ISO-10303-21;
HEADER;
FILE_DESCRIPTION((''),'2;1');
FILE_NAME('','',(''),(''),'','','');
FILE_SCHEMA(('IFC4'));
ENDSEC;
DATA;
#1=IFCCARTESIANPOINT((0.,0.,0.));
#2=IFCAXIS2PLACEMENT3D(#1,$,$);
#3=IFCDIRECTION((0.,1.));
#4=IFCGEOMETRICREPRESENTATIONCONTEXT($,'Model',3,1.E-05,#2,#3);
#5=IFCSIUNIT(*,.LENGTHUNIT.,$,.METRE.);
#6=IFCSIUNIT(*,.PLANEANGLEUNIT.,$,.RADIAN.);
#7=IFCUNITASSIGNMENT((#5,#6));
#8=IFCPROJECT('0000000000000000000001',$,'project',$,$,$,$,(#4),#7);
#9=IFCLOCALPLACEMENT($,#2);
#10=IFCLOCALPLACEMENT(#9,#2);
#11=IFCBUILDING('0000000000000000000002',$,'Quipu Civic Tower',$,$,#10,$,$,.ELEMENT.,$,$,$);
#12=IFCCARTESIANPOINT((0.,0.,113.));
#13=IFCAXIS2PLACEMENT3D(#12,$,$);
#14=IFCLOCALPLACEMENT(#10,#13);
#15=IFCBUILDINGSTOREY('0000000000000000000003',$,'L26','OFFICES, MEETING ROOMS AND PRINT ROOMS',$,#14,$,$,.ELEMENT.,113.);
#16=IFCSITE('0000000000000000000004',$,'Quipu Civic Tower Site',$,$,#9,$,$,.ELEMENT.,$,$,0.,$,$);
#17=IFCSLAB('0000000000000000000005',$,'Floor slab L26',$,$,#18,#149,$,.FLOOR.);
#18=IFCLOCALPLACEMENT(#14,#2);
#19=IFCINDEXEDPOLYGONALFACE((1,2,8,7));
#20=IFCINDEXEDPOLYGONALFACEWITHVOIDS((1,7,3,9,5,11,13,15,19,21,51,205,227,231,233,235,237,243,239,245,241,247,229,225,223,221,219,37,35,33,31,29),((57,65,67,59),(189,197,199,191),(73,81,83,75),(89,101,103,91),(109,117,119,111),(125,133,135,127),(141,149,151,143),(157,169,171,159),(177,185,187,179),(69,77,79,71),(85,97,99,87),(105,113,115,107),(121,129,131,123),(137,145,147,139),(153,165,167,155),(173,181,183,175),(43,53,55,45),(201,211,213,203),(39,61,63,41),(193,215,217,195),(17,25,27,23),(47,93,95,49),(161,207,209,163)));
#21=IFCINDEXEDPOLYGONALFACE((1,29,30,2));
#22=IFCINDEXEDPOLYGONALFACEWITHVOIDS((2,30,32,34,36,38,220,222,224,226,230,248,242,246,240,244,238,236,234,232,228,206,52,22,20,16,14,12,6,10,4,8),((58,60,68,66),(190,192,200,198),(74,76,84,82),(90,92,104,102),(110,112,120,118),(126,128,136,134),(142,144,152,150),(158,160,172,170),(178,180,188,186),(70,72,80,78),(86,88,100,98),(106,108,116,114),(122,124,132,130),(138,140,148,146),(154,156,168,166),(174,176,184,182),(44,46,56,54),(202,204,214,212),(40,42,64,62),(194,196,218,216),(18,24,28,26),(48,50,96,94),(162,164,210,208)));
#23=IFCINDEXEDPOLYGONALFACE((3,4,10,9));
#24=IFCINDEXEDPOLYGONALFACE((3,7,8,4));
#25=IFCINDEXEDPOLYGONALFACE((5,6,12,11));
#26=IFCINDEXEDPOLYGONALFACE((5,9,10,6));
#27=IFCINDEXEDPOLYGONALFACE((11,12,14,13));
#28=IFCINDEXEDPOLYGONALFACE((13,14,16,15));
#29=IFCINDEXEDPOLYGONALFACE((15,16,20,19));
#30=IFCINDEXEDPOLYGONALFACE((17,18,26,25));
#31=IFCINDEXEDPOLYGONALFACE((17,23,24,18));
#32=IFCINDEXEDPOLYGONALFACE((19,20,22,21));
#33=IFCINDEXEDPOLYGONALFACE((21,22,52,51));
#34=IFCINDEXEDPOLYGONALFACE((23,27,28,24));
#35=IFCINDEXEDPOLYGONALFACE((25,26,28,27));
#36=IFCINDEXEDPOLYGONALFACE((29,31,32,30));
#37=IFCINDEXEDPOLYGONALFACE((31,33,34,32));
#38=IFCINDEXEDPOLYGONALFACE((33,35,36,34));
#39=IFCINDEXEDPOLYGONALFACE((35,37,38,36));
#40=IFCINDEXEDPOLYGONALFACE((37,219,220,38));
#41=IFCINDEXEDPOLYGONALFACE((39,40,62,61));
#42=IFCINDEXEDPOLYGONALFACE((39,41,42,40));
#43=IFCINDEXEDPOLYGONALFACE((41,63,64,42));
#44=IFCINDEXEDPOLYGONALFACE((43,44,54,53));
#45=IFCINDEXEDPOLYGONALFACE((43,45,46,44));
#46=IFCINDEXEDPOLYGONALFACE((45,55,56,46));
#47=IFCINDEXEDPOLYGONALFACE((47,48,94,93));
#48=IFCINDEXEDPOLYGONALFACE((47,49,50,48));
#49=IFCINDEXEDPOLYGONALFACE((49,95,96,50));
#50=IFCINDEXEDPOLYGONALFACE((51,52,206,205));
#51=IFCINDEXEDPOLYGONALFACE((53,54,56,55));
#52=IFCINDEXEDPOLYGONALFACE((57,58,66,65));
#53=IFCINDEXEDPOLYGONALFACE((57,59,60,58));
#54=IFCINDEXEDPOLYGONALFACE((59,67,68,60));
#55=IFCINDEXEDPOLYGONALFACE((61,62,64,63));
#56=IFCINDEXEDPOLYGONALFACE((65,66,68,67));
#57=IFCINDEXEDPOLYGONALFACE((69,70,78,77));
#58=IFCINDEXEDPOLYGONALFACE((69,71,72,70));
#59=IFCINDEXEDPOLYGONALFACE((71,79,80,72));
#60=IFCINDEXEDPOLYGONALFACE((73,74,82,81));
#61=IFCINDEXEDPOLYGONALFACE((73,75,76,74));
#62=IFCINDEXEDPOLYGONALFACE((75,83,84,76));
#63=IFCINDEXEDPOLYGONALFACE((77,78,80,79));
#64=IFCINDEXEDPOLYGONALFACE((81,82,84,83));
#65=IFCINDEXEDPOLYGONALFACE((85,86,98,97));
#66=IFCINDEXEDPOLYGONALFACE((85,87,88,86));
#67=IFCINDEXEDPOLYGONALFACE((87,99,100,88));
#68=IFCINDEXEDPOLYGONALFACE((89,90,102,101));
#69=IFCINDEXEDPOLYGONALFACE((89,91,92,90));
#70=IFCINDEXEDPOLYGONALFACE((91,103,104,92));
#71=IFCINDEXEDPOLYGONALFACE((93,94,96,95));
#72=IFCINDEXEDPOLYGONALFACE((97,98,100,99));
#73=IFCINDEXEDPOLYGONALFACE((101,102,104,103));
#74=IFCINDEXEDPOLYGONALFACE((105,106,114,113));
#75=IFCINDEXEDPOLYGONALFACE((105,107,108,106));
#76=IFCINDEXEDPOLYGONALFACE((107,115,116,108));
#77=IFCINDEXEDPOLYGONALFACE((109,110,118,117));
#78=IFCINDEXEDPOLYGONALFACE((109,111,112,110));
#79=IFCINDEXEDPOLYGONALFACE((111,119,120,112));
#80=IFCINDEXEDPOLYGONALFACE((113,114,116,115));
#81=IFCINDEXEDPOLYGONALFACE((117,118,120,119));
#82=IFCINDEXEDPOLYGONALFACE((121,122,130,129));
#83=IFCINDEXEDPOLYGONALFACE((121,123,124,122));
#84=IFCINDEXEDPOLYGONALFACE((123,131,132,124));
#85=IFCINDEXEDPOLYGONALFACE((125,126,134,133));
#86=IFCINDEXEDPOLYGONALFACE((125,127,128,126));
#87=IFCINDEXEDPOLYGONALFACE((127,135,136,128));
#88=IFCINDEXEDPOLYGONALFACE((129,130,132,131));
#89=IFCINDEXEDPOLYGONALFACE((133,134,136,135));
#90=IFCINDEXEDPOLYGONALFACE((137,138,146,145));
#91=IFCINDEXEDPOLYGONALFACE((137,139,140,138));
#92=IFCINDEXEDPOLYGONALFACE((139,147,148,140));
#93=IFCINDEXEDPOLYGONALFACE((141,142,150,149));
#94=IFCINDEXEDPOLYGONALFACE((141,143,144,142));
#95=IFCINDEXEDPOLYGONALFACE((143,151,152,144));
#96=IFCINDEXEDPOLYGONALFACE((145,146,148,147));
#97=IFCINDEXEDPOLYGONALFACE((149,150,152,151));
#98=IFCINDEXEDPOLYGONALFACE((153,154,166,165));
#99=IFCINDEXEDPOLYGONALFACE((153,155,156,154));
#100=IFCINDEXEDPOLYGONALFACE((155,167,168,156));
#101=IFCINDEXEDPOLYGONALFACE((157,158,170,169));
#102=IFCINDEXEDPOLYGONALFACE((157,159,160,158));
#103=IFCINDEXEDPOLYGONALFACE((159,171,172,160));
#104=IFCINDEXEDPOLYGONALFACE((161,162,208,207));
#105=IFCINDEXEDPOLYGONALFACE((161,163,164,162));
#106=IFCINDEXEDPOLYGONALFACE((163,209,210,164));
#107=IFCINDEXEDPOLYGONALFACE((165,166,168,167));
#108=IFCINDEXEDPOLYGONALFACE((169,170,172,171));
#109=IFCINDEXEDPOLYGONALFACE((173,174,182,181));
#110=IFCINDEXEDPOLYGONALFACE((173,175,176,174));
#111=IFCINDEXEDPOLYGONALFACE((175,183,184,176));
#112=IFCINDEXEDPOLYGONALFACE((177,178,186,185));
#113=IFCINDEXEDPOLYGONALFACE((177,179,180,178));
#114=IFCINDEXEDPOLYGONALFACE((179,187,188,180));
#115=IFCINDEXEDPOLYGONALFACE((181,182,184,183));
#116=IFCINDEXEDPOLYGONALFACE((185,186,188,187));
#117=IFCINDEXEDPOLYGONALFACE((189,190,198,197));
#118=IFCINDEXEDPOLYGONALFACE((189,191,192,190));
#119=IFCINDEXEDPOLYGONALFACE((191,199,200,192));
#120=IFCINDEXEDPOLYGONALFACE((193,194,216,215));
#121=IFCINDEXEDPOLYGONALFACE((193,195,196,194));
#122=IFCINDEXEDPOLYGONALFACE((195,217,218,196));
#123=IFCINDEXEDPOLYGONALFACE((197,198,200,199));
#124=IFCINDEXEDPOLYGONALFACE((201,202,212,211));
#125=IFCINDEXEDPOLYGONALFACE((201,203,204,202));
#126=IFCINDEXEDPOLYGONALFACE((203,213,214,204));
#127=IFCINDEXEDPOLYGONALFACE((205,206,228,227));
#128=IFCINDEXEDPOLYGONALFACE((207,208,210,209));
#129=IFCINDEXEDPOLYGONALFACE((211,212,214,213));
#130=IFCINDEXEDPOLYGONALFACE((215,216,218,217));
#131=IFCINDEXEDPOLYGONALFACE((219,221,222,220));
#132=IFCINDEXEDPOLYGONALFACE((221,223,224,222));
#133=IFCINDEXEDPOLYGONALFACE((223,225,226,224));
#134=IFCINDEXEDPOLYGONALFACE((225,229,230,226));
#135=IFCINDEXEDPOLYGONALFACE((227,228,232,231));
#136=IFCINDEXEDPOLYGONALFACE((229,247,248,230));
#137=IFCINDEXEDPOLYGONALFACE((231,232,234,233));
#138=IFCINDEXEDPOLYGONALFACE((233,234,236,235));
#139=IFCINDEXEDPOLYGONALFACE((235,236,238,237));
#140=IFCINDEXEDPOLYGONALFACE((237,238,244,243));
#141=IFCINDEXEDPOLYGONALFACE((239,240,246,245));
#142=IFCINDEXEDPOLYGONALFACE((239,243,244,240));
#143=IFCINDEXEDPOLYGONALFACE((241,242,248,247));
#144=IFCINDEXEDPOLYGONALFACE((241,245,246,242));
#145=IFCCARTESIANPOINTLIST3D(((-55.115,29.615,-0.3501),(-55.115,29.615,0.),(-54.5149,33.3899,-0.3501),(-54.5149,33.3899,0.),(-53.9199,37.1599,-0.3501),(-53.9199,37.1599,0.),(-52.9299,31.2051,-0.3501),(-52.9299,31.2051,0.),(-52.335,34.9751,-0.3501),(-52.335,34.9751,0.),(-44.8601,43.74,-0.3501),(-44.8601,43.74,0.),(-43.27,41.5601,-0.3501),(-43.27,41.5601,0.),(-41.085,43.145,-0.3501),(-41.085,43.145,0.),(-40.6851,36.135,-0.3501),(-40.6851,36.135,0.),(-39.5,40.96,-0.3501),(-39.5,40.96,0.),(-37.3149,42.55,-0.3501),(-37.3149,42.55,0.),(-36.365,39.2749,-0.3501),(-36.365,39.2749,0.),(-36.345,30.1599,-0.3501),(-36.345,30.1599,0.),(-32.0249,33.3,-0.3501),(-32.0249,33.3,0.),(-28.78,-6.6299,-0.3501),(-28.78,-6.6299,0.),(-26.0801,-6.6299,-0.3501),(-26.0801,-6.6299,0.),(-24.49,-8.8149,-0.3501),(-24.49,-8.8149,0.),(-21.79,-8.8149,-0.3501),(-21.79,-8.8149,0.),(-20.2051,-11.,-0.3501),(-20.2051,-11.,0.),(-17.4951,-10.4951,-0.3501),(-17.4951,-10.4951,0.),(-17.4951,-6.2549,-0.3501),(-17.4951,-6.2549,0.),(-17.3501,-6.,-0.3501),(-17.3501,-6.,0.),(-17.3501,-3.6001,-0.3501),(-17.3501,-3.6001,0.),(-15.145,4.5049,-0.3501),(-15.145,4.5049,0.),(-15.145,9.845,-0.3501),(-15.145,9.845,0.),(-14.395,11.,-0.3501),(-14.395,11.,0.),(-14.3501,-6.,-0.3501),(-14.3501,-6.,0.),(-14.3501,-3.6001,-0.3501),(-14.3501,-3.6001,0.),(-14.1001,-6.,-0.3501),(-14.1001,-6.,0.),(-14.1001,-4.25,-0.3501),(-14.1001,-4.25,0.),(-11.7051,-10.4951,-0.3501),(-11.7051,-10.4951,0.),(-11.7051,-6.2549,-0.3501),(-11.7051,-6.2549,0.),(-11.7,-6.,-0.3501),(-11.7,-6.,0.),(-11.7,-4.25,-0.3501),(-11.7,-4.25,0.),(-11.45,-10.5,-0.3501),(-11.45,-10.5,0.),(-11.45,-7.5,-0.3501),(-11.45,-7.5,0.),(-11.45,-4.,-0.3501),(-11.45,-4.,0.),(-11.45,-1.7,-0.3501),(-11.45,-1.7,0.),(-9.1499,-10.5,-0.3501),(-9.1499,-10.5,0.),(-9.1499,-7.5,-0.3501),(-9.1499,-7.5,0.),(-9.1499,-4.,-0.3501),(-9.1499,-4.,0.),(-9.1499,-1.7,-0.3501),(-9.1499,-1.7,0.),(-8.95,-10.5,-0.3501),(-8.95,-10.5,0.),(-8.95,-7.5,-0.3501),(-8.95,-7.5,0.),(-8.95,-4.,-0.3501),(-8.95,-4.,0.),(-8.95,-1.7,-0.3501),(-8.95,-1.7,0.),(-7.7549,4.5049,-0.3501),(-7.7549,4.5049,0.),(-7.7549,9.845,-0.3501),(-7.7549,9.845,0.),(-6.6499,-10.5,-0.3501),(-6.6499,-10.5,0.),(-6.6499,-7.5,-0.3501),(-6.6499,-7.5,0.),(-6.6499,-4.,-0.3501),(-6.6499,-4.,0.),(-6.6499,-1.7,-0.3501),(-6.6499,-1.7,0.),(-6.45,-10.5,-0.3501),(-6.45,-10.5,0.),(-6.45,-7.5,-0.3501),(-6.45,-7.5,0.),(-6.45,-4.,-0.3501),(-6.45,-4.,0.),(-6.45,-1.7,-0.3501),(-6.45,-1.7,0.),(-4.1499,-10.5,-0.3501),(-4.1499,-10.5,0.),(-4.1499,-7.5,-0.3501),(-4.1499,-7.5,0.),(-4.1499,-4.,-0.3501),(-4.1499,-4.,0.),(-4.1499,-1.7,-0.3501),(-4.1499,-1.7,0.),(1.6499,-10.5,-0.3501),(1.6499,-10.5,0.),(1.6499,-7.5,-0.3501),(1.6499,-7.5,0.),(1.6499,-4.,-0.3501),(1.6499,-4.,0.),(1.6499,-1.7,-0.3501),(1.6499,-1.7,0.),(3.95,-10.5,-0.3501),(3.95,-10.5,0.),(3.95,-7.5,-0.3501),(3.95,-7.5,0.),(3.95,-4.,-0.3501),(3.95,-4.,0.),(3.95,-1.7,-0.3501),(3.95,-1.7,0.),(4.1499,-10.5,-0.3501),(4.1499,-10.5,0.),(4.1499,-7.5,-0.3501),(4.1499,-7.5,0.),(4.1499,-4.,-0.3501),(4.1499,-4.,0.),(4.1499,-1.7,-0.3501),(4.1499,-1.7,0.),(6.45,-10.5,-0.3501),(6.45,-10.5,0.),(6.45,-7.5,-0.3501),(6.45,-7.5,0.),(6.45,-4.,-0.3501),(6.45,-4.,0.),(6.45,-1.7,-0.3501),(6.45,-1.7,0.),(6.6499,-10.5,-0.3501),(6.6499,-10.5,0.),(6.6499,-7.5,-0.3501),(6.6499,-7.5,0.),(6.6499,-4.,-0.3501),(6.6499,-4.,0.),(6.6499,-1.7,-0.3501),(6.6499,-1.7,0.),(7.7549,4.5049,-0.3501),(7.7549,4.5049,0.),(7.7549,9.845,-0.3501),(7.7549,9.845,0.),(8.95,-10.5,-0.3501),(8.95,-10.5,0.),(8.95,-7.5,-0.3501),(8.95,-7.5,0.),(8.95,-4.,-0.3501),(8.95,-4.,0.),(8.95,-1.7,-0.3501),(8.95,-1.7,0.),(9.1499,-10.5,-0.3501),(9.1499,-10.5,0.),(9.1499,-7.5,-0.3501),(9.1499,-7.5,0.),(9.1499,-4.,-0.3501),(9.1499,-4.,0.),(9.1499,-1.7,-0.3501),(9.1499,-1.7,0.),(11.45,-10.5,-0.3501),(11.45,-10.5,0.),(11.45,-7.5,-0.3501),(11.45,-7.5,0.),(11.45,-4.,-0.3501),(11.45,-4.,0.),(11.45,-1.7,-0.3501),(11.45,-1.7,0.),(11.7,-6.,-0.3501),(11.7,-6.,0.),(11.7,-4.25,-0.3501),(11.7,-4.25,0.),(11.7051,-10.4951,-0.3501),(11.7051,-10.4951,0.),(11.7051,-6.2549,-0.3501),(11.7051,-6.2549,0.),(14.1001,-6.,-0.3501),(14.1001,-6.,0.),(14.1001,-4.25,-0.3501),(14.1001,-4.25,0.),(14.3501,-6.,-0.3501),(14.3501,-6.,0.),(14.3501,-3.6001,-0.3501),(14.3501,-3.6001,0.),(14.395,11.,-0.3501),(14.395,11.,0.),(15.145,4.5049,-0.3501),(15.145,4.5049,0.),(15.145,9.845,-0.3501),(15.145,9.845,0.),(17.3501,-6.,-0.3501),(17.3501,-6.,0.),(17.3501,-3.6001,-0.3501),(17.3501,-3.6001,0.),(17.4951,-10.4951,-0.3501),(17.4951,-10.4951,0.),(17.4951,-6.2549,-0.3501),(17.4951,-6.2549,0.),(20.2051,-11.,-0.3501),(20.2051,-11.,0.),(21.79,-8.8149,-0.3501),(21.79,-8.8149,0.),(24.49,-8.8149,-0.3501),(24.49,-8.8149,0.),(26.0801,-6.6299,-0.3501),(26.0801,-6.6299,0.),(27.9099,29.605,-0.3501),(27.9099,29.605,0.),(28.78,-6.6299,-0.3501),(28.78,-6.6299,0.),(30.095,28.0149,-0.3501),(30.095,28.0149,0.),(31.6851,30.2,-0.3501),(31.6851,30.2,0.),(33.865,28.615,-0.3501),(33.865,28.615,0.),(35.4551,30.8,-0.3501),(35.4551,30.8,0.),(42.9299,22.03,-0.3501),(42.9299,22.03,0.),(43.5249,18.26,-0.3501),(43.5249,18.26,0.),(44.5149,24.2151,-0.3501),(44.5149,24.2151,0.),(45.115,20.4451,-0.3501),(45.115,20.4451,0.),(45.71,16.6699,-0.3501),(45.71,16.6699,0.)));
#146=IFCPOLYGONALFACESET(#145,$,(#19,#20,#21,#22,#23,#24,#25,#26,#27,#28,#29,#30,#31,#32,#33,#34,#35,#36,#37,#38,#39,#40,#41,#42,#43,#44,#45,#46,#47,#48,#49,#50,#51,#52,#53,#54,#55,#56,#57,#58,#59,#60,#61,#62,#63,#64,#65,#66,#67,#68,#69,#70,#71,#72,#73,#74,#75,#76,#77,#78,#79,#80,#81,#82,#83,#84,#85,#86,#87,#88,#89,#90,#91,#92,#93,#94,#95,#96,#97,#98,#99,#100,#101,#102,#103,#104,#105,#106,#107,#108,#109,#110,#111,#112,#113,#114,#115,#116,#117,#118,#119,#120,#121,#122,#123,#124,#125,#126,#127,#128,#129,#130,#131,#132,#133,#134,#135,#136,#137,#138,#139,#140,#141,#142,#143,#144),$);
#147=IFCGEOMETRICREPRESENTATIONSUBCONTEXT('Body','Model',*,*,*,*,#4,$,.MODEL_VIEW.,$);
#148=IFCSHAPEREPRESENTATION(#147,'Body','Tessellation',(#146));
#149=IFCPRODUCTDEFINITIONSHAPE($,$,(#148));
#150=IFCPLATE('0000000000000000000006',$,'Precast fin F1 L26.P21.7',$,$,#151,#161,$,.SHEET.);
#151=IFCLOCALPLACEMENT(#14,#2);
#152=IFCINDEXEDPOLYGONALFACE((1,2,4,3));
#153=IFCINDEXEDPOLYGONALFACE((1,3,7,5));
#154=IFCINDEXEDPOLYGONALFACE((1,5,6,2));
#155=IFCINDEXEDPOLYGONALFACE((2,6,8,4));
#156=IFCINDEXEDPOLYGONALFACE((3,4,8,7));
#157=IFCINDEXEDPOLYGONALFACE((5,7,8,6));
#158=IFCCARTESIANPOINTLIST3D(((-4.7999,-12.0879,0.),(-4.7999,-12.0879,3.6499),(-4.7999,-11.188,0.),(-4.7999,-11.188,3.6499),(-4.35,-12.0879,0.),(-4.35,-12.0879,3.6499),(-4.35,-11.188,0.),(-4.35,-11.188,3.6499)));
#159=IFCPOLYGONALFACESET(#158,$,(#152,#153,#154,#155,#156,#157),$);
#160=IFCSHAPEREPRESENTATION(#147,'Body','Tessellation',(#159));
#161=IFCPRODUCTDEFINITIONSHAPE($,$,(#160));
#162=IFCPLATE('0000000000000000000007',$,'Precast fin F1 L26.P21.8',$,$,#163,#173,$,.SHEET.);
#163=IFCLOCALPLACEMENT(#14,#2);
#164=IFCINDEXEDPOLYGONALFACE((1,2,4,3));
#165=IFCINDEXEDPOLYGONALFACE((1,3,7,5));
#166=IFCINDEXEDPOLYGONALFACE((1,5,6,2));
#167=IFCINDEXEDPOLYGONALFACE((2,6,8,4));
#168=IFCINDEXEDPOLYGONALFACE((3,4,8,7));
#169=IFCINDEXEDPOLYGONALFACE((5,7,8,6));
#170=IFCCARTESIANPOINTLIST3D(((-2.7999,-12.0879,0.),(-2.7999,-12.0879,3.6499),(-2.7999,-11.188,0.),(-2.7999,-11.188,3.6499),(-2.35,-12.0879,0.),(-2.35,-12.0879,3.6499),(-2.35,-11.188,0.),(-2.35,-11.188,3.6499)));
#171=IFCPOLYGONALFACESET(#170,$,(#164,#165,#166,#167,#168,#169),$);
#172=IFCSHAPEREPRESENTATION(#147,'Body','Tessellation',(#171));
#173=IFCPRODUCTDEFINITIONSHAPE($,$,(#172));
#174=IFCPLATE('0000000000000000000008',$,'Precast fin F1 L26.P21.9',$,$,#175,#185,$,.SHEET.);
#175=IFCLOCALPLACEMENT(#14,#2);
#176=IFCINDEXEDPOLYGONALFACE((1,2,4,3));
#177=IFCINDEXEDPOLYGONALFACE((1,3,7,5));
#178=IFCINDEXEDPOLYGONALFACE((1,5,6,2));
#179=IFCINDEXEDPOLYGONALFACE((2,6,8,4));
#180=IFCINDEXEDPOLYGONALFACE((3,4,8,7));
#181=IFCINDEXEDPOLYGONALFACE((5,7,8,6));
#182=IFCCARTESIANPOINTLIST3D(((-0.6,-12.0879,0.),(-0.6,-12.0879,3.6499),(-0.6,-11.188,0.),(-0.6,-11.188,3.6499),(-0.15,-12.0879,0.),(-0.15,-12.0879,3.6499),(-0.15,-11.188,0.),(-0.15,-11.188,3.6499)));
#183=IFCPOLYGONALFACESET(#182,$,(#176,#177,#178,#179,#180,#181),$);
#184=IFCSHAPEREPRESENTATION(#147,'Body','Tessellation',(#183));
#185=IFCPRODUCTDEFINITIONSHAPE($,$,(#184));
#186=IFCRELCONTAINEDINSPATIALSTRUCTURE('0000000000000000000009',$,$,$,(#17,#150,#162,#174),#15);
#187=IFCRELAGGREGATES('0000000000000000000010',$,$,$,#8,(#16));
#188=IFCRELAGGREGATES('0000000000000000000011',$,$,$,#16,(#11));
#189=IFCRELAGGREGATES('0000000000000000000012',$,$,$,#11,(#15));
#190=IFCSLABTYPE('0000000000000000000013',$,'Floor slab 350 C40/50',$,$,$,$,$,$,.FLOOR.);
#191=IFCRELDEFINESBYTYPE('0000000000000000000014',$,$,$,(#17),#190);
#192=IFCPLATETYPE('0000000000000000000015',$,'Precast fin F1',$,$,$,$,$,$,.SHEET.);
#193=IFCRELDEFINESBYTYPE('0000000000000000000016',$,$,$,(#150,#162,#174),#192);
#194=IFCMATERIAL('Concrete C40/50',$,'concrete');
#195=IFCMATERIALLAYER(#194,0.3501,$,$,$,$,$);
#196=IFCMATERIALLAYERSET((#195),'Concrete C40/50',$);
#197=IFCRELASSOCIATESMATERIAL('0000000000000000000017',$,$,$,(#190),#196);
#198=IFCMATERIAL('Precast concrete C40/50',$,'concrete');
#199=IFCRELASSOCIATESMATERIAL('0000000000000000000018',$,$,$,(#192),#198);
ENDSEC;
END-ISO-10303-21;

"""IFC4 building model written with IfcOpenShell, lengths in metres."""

from ifc_helpers import new_model, si_unit, direction, frame, origin, origin_2d, place, context, subcontext, project, spatial, polyline, rectangle, outline, extrude, material, layer, layer_set, type_object, element, save


model = new_model("IFC4")

# Units and contexts
model_context = context("Model", 3, precision=1e-05, world=origin(), true_north=direction((0.0, 1.0)))
body_context = subcontext(model_context, "Body", "Model", "MODEL_VIEW")
ifc_project = project(units=[si_unit("LENGTHUNIT", "METRE"), si_unit("PLANEANGLEUNIT", "RADIAN")], contexts=[model_context])

# Site, building, storey
site_placement = place(None, origin())
site = spatial("IfcSite", under=ifc_project, at=site_placement, Name="Quipu Civic Tower Site", CompositionType="ELEMENT", RefElevation=0.0)
building_placement = place(site_placement, origin())
building = spatial("IfcBuilding", under=site, at=building_placement, Name="Quipu Civic Tower", CompositionType="ELEMENT")
storey_placement = place(building_placement, frame((0.0, 0.0, 113.0)))
storey = spatial("IfcBuildingStorey", under=building, at=storey_placement, Name="L26", Description="OFFICES, MEETING ROOMS AND PRINT ROOMS", CompositionType="ELEMENT", Elevation=113.0)

# Slab
ifc_material_1 = material(Name="Concrete C40/50", Category="concrete")
ifc_layer_1 = layer(ifc_material_1, 0.3501)
ifc_layer_set_1 = layer_set([ifc_layer_1], Name="Concrete C40/50")
slab_type_1 = type_object("IfcSlabType", Name="Floor slab 350 C40/50", PredefinedType="FLOOR", material=ifc_layer_set_1)
slab_1_placement = place(storey_placement, frame((0.0, 0.0, -0.3501)))
element("IfcSlab", 1, at=slab_1_placement, inside=storey, type_object=slab_type_1, Name="Floor slab L26", PredefinedType="FLOOR", context=body_context, shape_type="SweptSolid", body=[
    extrude(outline(polyline([(27.9099, 29.605), (30.095, 28.0149), (31.6851, 30.2), (33.865, 28.615), (35.4551, 30.8), (44.5149, 24.2151), (42.9299, 22.03), (45.115, 20.4451), (43.5249, 18.26), (45.71, 16.6699), (28.78, -6.6299), (26.0801, -6.6299), (24.49, -8.8149), (21.79, -8.8149), (20.2051, -11.0), (-20.2051, -11.0), (-21.79, -8.8149), (-24.49, -8.8149), (-26.0801, -6.6299), (-28.78, -6.6299), (-55.115, 29.615), (-52.9299, 31.2051), (-54.5149, 33.3899), (-52.335, 34.9751), (-53.9199, 37.1599), (-44.8601, 43.74), (-43.27, 41.5601), (-41.085, 43.145), (-39.5, 40.96), (-37.3149, 42.55), (-14.395, 11.0), (14.395, 11.0), (27.9099, 29.605)]), holes=[polyline([(-11.45, -7.5), (-11.45, -10.5), (-9.1499, -10.5), (-9.1499, -7.5), (-11.45, -7.5)]), polyline([(-8.95, -7.5), (-8.95, -10.5), (-6.6499, -10.5), (-6.6499, -7.5), (-8.95, -7.5)]), polyline([(-6.45, -7.5), (-6.45, -10.5), (-4.1499, -10.5), (-4.1499, -7.5), (-6.45, -7.5)]), polyline([(-11.7051, -10.4951), (-11.7051, -6.2549), (-17.4951, -6.2549), (-17.4951, -10.4951), (-11.7051, -10.4951)]), polyline([(-11.7, -4.25), (-14.1001, -4.25), (-14.1001, -6.0), (-11.7, -6.0), (-11.7, -4.25)]), polyline([(-17.3501, -3.6001), (-17.3501, -6.0), (-14.3501, -6.0), (-14.3501, -3.6001), (-17.3501, -3.6001)]), polyline([(-9.1499, -1.7), (-11.45, -1.7), (-11.45, -4.0), (-9.1499, -4.0), (-9.1499, -1.7)]), polyline([(-6.6499, -1.7), (-8.95, -1.7), (-8.95, -4.0), (-6.6499, -4.0), (-6.6499, -1.7)]), polyline([(-6.45, -1.7), (-6.45, -4.0), (-4.1499, -4.0), (-4.1499, -1.7), (-6.45, -1.7)]), polyline([(3.95, -1.7), (1.6499, -1.7), (1.6499, -4.0), (3.95, -4.0), (3.95, -1.7)]), polyline([(-7.7549, 4.5049), (-7.7549, 9.845), (-15.145, 9.845), (-15.145, 4.5049), (-7.7549, 4.5049)]), polyline([(-40.6851, 36.135), (-36.345, 30.1599), (-32.0249, 33.3), (-36.365, 39.2749), (-40.6851, 36.135)]), polyline([(3.95, -7.5), (1.6499, -7.5), (1.6499, -10.5), (3.95, -10.5), (3.95, -7.5)]), polyline([(6.45, -7.5), (4.1499, -7.5), (4.1499, -10.5), (6.45, -10.5), (6.45, -7.5)]), polyline([(6.6499, -7.5), (6.6499, -10.5), (8.95, -10.5), (8.95, -7.5), (6.6499, -7.5)]), polyline([(11.45, -7.5), (9.1499, -7.5), (9.1499, -10.5), (11.45, -10.5), (11.45, -7.5)]), polyline([(11.7051, -6.2549), (11.7051, -10.4951), (17.4951, -10.4951), (17.4951, -6.2549), (11.7051, -6.2549)]), polyline([(11.7, -4.25), (11.7, -6.0), (14.1001, -6.0), (14.1001, -4.25), (11.7, -4.25)]), polyline([(17.3501, -3.6001), (14.3501, -3.6001), (14.3501, -6.0), (17.3501, -6.0), (17.3501, -3.6001)]), polyline([(6.45, -1.7), (4.1499, -1.7), (4.1499, -4.0), (6.45, -4.0), (6.45, -1.7)]), polyline([(6.6499, -1.7), (6.6499, -4.0), (8.95, -4.0), (8.95, -1.7), (6.6499, -1.7)]), polyline([(11.45, -1.7), (9.1499, -1.7), (9.1499, -4.0), (11.45, -4.0), (11.45, -1.7)]), polyline([(7.7549, 9.845), (7.7549, 4.5049), (15.145, 4.5049), (15.145, 9.845), (7.7549, 9.845)])]), origin(), (0.0, 0.0, 1.0), 0.3501),
])

# Plates
ifc_material_2 = material(Name="Precast concrete C40/50", Category="concrete")
plate_type = type_object("IfcPlateType", Name="Precast fin F1", PredefinedType="SHEET", material=ifc_material_2)
for number, where, z_axis, x_axis, name in (
    (2, (-4.575, -11.6379, 0.0), (0.0, 0.0, 1.0), (1.0, 0.0, 0.0), "Precast fin F1 L26.P21.7"),
    (3, (-2.575, -11.6379, 0.0), (0.0, 0.0, 1.0), (1.0, 0.0, 0.0), "Precast fin F1 L26.P21.8"),
    (4, (-0.375, -11.6379, 0.0), (0.0, 0.0, 1.0), (1.0, 0.0, 0.0), "Precast fin F1 L26.P21.9"),
):
    element("IfcPlate", number, at=place(storey_placement, frame(where, z_axis=z_axis, x_axis=x_axis)), inside=storey, type_object=plate_type, Name=name, PredefinedType="SHEET", context=body_context, shape_type="SweptSolid", body=[
        extrude(rectangle(XDim=0.45, YDim=0.8999, at=origin_2d()), origin(), (0.0, 0.0, 1.0), 3.6499),
    ])

save(model, "model.ifc")
